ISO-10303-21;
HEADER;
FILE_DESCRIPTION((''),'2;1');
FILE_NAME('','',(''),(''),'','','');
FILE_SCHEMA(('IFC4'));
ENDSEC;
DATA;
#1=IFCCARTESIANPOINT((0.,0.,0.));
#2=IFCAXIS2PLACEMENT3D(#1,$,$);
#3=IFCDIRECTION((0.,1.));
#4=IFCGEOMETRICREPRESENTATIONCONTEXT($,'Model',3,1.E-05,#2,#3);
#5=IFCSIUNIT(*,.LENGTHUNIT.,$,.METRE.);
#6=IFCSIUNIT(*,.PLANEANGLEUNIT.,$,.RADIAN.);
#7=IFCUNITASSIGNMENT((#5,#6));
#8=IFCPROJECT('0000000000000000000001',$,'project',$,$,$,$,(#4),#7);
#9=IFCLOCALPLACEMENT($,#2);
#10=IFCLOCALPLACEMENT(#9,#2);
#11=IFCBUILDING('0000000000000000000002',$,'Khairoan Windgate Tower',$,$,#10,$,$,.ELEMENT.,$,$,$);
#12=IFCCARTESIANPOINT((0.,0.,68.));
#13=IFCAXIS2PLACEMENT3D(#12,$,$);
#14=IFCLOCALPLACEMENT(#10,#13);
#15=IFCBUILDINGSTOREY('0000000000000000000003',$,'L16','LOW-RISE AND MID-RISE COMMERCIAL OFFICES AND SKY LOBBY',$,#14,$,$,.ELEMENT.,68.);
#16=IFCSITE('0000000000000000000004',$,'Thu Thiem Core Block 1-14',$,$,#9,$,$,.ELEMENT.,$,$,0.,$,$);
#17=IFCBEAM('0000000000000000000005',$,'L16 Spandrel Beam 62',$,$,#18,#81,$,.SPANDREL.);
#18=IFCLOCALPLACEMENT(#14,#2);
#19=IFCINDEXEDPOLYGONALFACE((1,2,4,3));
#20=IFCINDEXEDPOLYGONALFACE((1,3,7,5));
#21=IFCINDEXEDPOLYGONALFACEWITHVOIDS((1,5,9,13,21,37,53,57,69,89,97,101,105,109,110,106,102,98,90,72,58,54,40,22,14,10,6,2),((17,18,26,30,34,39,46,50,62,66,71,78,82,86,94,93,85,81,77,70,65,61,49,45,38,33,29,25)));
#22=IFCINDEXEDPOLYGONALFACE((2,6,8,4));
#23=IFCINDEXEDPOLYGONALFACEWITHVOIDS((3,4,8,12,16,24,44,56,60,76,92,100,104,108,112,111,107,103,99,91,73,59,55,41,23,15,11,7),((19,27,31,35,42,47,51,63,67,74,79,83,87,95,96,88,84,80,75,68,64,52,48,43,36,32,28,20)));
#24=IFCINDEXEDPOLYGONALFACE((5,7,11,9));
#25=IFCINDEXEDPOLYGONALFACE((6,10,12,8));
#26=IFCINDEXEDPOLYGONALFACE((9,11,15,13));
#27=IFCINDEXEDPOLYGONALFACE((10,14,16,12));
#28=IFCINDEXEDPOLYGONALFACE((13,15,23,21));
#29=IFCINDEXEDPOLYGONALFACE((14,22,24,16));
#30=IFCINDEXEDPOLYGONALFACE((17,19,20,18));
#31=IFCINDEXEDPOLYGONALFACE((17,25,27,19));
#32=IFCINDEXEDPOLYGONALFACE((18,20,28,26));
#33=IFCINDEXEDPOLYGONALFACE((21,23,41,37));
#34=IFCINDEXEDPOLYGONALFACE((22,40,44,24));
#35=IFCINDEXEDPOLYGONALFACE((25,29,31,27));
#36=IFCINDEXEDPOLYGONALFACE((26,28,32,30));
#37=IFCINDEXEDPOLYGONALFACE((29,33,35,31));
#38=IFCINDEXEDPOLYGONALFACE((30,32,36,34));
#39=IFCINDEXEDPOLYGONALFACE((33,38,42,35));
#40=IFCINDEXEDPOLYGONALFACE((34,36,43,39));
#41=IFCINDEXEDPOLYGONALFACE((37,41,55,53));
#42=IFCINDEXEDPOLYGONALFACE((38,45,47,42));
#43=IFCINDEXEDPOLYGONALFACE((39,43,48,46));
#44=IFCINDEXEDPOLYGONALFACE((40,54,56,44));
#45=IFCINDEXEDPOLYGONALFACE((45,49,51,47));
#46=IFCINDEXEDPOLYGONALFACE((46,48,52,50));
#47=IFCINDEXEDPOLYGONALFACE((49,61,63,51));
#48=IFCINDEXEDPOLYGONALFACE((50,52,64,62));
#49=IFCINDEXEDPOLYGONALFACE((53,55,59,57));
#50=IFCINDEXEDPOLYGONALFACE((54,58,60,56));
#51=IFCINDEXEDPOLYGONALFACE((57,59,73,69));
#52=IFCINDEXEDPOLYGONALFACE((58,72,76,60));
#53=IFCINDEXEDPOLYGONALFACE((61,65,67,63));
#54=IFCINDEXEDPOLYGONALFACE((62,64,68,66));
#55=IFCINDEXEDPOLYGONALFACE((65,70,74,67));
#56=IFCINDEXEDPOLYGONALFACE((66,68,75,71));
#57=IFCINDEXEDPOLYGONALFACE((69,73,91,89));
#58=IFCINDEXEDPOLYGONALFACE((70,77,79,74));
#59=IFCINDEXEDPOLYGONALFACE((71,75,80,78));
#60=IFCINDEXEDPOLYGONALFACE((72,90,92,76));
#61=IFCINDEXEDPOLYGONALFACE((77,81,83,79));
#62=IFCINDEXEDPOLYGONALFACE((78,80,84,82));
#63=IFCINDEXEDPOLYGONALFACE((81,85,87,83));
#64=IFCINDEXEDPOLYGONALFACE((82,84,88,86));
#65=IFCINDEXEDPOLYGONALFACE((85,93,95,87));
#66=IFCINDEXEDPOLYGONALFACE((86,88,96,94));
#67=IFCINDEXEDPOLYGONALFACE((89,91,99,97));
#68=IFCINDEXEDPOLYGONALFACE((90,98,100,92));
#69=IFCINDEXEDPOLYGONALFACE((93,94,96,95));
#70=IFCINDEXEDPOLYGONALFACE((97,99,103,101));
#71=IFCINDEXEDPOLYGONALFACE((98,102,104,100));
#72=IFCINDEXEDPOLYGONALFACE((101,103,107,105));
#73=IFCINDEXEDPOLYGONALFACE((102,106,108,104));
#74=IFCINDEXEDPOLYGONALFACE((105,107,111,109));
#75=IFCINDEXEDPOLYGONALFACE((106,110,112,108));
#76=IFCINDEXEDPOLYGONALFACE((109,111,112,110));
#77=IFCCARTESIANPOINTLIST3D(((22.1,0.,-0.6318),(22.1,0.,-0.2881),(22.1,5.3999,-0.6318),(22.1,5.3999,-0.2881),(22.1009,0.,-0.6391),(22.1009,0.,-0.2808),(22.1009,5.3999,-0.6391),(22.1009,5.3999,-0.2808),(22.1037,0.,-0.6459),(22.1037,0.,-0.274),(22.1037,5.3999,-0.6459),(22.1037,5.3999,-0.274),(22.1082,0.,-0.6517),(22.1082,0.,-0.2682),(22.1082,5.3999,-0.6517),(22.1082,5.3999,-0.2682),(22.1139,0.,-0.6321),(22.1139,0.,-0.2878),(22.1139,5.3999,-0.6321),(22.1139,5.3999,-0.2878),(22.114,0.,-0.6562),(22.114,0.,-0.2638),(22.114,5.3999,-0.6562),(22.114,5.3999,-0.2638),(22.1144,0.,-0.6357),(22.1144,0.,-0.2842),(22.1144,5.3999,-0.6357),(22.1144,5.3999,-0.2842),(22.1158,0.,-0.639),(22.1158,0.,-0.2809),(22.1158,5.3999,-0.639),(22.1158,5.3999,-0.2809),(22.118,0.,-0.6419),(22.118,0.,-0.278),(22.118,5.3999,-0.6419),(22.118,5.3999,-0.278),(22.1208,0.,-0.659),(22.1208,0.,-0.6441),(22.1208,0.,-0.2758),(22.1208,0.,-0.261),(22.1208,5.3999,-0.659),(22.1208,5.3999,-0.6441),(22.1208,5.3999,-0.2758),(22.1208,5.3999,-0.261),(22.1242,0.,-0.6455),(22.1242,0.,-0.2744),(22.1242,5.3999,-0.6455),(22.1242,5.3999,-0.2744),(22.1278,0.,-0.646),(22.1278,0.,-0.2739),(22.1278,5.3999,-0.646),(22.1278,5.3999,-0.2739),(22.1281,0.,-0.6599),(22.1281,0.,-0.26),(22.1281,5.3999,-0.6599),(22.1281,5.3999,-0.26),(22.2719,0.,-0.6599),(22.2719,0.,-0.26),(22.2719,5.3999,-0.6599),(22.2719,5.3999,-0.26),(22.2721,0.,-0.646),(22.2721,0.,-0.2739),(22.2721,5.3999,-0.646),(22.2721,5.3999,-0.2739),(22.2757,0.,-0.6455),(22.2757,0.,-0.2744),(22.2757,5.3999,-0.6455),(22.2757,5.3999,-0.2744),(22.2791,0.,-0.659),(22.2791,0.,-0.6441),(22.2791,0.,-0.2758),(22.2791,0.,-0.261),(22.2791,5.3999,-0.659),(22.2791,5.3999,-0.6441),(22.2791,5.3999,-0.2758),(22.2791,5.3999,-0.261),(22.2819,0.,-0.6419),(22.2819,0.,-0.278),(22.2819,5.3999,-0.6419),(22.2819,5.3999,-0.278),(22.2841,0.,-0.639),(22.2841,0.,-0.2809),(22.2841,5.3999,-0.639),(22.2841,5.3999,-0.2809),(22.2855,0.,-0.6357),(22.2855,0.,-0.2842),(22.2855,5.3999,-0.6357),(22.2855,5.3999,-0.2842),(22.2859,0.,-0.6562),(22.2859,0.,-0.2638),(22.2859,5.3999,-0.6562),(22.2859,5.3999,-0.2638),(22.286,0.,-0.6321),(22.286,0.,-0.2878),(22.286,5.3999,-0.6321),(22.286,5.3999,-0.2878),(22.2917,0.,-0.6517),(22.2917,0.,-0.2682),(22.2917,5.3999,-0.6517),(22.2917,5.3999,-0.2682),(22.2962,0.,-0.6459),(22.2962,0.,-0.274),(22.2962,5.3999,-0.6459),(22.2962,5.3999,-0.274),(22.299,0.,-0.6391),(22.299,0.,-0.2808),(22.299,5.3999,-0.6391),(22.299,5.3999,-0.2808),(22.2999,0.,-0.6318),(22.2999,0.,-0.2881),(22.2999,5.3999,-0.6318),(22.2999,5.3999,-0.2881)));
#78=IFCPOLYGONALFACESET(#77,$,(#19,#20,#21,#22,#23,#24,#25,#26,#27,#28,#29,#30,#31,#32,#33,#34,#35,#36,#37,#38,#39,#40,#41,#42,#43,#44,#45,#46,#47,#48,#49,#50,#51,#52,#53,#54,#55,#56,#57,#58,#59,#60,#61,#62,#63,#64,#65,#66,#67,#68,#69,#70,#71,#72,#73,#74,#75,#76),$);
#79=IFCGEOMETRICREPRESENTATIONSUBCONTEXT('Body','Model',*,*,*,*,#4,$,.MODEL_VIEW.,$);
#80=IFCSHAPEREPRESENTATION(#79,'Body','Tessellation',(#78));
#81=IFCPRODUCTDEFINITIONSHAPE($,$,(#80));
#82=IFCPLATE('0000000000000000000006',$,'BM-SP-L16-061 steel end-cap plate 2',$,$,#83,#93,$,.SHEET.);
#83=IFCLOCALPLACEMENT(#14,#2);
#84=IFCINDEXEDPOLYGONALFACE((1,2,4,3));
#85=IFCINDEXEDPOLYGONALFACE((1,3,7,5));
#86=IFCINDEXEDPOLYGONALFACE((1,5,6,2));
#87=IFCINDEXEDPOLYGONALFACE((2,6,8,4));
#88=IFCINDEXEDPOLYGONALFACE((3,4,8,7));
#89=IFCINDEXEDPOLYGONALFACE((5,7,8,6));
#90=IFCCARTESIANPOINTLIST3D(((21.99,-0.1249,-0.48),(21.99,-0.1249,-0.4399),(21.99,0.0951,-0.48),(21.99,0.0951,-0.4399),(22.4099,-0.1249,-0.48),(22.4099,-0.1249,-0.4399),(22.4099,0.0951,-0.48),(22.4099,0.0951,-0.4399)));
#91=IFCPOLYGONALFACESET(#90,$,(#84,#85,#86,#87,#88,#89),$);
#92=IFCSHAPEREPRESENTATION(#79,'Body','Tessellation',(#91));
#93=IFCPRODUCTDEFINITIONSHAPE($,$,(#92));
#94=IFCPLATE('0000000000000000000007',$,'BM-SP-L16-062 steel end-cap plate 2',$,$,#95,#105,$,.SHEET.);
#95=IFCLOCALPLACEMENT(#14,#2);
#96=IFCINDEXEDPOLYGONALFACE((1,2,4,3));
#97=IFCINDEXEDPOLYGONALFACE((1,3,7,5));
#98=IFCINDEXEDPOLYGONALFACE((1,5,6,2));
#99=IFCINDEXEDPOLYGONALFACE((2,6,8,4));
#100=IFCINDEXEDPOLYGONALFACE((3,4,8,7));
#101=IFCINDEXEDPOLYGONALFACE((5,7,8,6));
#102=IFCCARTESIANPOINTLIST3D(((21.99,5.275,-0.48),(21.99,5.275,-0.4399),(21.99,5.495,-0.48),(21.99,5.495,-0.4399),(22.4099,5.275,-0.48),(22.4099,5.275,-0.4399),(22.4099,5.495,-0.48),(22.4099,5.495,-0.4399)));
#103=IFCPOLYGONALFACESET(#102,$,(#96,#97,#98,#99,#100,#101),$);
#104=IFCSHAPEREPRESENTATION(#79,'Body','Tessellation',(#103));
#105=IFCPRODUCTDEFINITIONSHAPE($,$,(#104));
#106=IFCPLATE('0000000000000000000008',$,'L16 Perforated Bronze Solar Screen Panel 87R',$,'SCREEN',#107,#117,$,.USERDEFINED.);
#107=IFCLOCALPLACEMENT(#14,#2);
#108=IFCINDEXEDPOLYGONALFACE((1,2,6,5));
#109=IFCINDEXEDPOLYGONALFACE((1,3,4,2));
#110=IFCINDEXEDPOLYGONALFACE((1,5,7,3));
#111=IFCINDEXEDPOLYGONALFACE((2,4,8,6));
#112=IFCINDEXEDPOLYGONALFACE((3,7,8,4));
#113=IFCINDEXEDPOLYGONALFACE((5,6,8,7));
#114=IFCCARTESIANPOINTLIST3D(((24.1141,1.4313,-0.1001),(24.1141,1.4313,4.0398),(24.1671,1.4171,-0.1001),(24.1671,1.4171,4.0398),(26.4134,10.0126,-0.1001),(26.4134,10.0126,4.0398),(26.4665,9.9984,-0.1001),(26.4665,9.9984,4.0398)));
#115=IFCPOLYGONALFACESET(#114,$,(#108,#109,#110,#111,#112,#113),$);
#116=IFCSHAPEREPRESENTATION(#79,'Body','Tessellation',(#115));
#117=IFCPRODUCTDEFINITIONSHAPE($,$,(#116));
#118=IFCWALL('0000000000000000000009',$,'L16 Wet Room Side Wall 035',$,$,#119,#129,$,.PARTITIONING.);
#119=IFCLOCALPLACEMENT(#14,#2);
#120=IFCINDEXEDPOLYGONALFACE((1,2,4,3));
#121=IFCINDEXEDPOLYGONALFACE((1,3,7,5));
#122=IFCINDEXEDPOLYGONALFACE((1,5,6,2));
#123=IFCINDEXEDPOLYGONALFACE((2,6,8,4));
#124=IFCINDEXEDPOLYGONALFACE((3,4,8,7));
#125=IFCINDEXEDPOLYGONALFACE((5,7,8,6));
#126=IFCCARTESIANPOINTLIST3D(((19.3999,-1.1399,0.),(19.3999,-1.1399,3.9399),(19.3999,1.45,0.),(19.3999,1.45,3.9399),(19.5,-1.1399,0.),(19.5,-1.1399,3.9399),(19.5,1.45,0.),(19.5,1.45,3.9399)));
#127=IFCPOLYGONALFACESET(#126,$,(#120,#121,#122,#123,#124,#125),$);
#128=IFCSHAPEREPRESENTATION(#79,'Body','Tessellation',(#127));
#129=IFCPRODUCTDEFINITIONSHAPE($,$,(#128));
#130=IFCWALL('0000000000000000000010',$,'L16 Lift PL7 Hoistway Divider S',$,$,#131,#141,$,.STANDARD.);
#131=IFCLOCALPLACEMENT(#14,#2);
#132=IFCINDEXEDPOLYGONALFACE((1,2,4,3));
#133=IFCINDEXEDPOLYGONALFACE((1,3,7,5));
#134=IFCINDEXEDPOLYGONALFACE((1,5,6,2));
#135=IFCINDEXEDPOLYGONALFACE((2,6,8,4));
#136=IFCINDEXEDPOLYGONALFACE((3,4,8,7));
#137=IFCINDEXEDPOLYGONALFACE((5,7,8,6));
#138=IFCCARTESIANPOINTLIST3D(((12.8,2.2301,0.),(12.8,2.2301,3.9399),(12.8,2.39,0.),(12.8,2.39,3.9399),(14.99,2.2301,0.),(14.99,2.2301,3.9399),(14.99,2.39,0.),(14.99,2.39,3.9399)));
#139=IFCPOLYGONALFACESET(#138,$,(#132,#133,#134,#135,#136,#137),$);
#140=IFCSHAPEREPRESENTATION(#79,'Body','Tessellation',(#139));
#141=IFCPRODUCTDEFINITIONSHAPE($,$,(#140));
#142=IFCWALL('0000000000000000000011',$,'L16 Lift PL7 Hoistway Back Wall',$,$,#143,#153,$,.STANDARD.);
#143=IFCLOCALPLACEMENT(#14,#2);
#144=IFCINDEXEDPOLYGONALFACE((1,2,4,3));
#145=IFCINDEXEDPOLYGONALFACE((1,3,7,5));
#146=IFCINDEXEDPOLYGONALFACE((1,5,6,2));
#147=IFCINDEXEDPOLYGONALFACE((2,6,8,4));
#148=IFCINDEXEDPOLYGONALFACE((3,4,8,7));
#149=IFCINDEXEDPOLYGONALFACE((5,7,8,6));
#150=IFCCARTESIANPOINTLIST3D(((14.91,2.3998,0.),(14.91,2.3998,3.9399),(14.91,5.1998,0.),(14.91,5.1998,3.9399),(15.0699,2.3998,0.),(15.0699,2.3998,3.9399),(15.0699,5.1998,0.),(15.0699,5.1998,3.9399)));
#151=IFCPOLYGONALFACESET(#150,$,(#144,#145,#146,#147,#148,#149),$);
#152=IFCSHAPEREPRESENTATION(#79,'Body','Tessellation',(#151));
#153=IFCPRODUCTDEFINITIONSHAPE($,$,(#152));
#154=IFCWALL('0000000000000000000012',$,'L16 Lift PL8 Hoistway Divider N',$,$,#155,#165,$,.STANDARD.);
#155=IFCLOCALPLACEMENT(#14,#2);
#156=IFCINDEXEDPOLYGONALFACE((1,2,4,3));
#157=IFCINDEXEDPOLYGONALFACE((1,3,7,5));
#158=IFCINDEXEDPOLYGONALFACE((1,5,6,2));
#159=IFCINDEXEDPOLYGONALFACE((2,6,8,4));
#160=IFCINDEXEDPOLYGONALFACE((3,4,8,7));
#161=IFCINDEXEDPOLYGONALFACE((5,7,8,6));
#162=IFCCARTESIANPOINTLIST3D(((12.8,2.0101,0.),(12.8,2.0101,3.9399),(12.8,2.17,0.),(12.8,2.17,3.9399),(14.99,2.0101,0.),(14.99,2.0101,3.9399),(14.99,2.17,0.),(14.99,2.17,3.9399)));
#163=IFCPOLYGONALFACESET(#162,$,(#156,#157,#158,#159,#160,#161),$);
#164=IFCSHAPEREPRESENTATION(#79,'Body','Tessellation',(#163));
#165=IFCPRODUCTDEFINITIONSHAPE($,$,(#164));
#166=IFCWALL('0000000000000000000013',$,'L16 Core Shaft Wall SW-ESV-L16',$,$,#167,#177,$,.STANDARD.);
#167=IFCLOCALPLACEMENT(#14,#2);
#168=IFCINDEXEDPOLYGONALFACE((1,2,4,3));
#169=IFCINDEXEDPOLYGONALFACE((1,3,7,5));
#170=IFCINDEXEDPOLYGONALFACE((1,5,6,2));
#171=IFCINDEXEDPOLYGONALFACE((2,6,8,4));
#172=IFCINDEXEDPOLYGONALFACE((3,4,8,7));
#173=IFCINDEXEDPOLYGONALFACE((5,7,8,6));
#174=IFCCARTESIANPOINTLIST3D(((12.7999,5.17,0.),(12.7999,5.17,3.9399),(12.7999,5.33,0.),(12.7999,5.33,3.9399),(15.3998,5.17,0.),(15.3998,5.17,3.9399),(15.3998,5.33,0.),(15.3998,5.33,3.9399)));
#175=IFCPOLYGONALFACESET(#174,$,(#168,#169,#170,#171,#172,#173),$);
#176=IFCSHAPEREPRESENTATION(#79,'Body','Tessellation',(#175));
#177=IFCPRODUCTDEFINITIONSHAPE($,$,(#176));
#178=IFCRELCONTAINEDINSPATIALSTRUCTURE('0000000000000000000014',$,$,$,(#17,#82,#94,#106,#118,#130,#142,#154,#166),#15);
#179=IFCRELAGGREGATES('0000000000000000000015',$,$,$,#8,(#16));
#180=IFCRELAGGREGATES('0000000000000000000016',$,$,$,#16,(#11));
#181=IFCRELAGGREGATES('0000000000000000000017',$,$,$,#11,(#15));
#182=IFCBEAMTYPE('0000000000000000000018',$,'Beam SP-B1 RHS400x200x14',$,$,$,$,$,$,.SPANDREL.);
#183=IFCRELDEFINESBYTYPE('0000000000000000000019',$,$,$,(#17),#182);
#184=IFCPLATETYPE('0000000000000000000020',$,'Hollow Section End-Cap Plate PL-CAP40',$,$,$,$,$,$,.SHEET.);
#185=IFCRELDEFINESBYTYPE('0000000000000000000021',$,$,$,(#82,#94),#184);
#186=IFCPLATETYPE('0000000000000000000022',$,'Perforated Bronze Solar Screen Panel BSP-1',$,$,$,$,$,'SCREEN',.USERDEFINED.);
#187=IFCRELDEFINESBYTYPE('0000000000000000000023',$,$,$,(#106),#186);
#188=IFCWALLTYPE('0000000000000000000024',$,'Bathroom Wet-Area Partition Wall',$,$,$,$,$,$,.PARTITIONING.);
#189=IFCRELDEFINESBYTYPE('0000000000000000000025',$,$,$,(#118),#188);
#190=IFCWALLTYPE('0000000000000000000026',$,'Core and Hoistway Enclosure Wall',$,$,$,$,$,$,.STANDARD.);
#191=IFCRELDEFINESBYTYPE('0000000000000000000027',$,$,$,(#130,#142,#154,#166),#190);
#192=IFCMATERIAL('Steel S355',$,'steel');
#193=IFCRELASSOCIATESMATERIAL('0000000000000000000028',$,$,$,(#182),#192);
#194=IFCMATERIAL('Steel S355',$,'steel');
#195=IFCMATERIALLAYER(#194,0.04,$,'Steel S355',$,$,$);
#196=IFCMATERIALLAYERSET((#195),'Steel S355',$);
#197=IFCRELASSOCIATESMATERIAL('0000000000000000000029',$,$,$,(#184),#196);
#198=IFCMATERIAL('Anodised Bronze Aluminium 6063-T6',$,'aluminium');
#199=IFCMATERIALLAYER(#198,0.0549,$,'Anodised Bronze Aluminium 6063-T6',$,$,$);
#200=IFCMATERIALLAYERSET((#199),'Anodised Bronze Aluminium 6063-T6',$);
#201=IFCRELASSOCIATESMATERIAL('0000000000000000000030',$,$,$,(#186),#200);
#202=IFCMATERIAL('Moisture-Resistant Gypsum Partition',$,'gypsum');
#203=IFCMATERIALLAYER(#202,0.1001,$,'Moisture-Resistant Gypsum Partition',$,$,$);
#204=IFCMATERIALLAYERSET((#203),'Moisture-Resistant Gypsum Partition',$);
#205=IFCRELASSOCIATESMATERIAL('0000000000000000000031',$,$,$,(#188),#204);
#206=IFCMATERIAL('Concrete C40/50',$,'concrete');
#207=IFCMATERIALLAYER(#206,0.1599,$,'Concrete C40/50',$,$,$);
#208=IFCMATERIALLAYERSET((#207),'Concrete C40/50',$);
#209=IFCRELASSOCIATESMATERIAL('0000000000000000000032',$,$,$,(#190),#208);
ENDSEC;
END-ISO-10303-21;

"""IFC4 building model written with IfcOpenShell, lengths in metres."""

from ifc_helpers import new_model, si_unit, direction, frame, frame_2d, origin, origin_2d, place, context, subcontext, project, spatial, rectangle, hollow_rectangle, extrude, material, layer, layer_set, material_profile, profile_set, type_object, element, save


model = new_model("IFC4")

# Units and contexts
model_context = context("Model", 3, precision=1e-05, world=origin(), true_north=direction((0.0, 1.0)))
body_context = subcontext(model_context, "Body", "Model", "MODEL_VIEW")
ifc_project = project(units=[si_unit("LENGTHUNIT", "METRE"), si_unit("PLANEANGLEUNIT", "RADIAN")], contexts=[model_context])

# Site, building, storey
site_placement = place(None, origin())
site = spatial("IfcSite", under=ifc_project, at=site_placement, Name="Thu Thiem Core Block 1-14", CompositionType="ELEMENT", RefElevation=0.0)
building_placement = place(site_placement, origin())
building = spatial("IfcBuilding", under=site, at=building_placement, Name="Khairoan Windgate Tower", CompositionType="ELEMENT")
storey_placement = place(building_placement, frame((0.0, 0.0, 68.0)))
storey = spatial("IfcBuildingStorey", under=building, at=storey_placement, Name="L16", Description="LOW-RISE AND MID-RISE COMMERCIAL OFFICES AND SKY LOBBY", CompositionType="ELEMENT", Elevation=68.0)

# Beam
ifc_material_1 = material(Name="Steel S355", Category="steel")
ifc_material_profile_1 = material_profile(ifc_material_1, hollow_rectangle(XDim=0.2, YDim=0.3999, WallThickness=0.0139, InnerFilletRadius=0.0139, OuterFilletRadius=0.0281, at=origin_2d()))
ifc_profile_set_1 = profile_set([ifc_material_profile_1], Name="Steel S355")
beam_type_1 = type_object("IfcBeamType", Name="Beam SP-B1 RHS400x200x14", PredefinedType="SPANDREL", material=ifc_profile_set_1)
beam_1_placement = place(storey_placement, frame((22.2, 0.0, -0.46), z_axis=(0.0, 1.0, 0.0), x_axis=(-1.0, 0.0, 0.0)))
element("IfcBeam", 1, at=beam_1_placement, inside=storey, type_object=beam_type_1, Name="L16 Spandrel Beam 62", PredefinedType="SPANDREL", context=body_context, shape_type="SweptSolid", body=[
    extrude(hollow_rectangle(XDim=0.2, YDim=0.3999, WallThickness=0.0139, InnerFilletRadius=0.0139, OuterFilletRadius=0.0281, at=origin_2d()), origin(), (0.0, 0.0, 1.0), 5.3999),
])

# Plates
ifc_material_2 = material(Name="Steel S355", Category="steel")
ifc_layer_1 = layer(ifc_material_2, 0.04, Name="Steel S355")
ifc_layer_set_1 = layer_set([ifc_layer_1], Name="Steel S355")
plate_type_1 = type_object("IfcPlateType", Name="Hollow Section End-Cap Plate PL-CAP40", PredefinedType="SHEET", material=ifc_layer_set_1)
for number, where, z_axis, x_axis, name in (
    (2, (22.2, -0.0149, -0.48), (0.0, 0.0, 1.0), (0.0, 1.0, 0.0), "BM-SP-L16-061 steel end-cap plate 2"),
    (3, (22.2, 5.385, -0.48), (0.0, 0.0, 1.0), (0.0, 1.0, 0.0), "BM-SP-L16-062 steel end-cap plate 2"),
):
    element("IfcPlate", number, at=place(storey_placement, frame(where, z_axis=z_axis, x_axis=x_axis)), inside=storey, type_object=plate_type_1, Name=name, PredefinedType="SHEET", context=body_context, shape_type="SweptSolid", body=[
        extrude(rectangle(XDim=0.22, YDim=0.4199, at=origin_2d()), origin(), (0.0, 0.0, 1.0), 0.04),
    ])
ifc_material_3 = material(Name="Anodised Bronze Aluminium 6063-T6", Category="aluminium")
ifc_layer_2 = layer(ifc_material_3, 0.0549, Name="Anodised Bronze Aluminium 6063-T6")
ifc_layer_set_2 = layer_set([ifc_layer_2], Name="Anodised Bronze Aluminium 6063-T6")
plate_type_2 = type_object("IfcPlateType", Name="Perforated Bronze Solar Screen Panel BSP-1", ElementType="SCREEN", PredefinedType="USERDEFINED", material=ifc_layer_set_2)
plate_placement = place(storey_placement, frame((25.2903, 5.7148, -0.1001), z_axis=(0.0, 0.0, 1.0), x_axis=(-0.258819, -0.965926, 0.0)))
element("IfcPlate", 4, at=plate_placement, inside=storey, type_object=plate_type_2, Name="L16 Perforated Bronze Solar Screen Panel 87R", ObjectType="SCREEN", PredefinedType="USERDEFINED", context=body_context, shape_type="SweptSolid", body=[
    extrude(rectangle(XDim=8.884, YDim=0.0549, at=origin_2d()), origin(), (0.0, 0.0, 1.0), 4.1399),
])

# Walls
ifc_material_4 = material(Name="Moisture-Resistant Gypsum Partition", Category="gypsum")
ifc_layer_3 = layer(ifc_material_4, 0.1001, Name="Moisture-Resistant Gypsum Partition")
ifc_layer_set_3 = layer_set([ifc_layer_3], Name="Moisture-Resistant Gypsum Partition")
wall_type_1 = type_object("IfcWallType", Name="Bathroom Wet-Area Partition Wall", PredefinedType="PARTITIONING", material=ifc_layer_set_3)
wall_1_placement = place(storey_placement, frame((19.45, 1.45, 0.0), z_axis=(0.0, 0.0, 1.0), x_axis=(0.0, -1.0, 0.0)))
element("IfcWall", 5, at=wall_1_placement, inside=storey, type_object=wall_type_1, Name="L16 Wet Room Side Wall 035", PredefinedType="PARTITIONING", context=body_context, shape_type="SweptSolid", body=[
    extrude(rectangle(XDim=2.5898, YDim=0.1001, at=frame_2d((1.2949, 0.0))), origin(), (0.0, 0.0, 1.0), 3.9399),
])
ifc_material_5 = material(Name="Concrete C40/50", Category="concrete")
ifc_layer_4 = layer(ifc_material_5, 0.1599, Name="Concrete C40/50")
ifc_layer_set_4 = layer_set([ifc_layer_4], Name="Concrete C40/50")
wall_type_2 = type_object("IfcWallType", Name="Core and Hoistway Enclosure Wall", PredefinedType="STANDARD", material=ifc_layer_set_4)
wall_2_placement = place(storey_placement, frame((12.8, 2.3101, 0.0), z_axis=(0.0, 0.0, 1.0), x_axis=(1.0, 0.0, 0.0)))
element("IfcWall", 6, at=wall_2_placement, inside=storey, type_object=wall_type_2, Name="L16 Lift PL7 Hoistway Divider S", PredefinedType="STANDARD", context=body_context, shape_type="SweptSolid", body=[
    extrude(rectangle(XDim=2.1899, YDim=0.1599, at=frame_2d((1.095, 0.0))), origin(), (0.0, 0.0, 1.0), 3.9399),
])
wall_3_placement = place(storey_placement, frame((14.99, 2.3999, 0.0), z_axis=(0.0, 0.0, 1.0), x_axis=(0.0, 1.0, 0.0)))
element("IfcWall", 7, at=wall_3_placement, inside=storey, type_object=wall_type_2, Name="L16 Lift PL7 Hoistway Back Wall", PredefinedType="STANDARD", context=body_context, shape_type="SweptSolid", body=[
    extrude(rectangle(XDim=2.8, YDim=0.1599, at=frame_2d((1.3999, 0.0))), origin(), (0.0, 0.0, 1.0), 3.9399),
])
wall_4_placement = place(storey_placement, frame((12.8, 2.0901, 0.0), z_axis=(0.0, 0.0, 1.0), x_axis=(1.0, 0.0, 0.0)))
element("IfcWall", 8, at=wall_4_placement, inside=storey, type_object=wall_type_2, Name="L16 Lift PL8 Hoistway Divider N", PredefinedType="STANDARD", context=body_context, shape_type="SweptSolid", body=[
    extrude(rectangle(XDim=2.1899, YDim=0.1599, at=frame_2d((1.095, 0.0))), origin(), (0.0, 0.0, 1.0), 3.9399),
])
wall_5_placement = place(storey_placement, frame((12.8, 5.25, 0.0), z_axis=(0.0, 0.0, 1.0), x_axis=(1.0, 0.0, 0.0)))
element("IfcWall", 9, at=wall_5_placement, inside=storey, type_object=wall_type_2, Name="L16 Core Shaft Wall SW-ESV-L16", PredefinedType="STANDARD", context=body_context, shape_type="SweptSolid", body=[
    extrude(rectangle(XDim=2.5999, YDim=0.1599, at=frame_2d((1.2998, 0.0))), origin(), (0.0, 0.0, 1.0), 3.9399),
])

save(model, "model.ifc")
